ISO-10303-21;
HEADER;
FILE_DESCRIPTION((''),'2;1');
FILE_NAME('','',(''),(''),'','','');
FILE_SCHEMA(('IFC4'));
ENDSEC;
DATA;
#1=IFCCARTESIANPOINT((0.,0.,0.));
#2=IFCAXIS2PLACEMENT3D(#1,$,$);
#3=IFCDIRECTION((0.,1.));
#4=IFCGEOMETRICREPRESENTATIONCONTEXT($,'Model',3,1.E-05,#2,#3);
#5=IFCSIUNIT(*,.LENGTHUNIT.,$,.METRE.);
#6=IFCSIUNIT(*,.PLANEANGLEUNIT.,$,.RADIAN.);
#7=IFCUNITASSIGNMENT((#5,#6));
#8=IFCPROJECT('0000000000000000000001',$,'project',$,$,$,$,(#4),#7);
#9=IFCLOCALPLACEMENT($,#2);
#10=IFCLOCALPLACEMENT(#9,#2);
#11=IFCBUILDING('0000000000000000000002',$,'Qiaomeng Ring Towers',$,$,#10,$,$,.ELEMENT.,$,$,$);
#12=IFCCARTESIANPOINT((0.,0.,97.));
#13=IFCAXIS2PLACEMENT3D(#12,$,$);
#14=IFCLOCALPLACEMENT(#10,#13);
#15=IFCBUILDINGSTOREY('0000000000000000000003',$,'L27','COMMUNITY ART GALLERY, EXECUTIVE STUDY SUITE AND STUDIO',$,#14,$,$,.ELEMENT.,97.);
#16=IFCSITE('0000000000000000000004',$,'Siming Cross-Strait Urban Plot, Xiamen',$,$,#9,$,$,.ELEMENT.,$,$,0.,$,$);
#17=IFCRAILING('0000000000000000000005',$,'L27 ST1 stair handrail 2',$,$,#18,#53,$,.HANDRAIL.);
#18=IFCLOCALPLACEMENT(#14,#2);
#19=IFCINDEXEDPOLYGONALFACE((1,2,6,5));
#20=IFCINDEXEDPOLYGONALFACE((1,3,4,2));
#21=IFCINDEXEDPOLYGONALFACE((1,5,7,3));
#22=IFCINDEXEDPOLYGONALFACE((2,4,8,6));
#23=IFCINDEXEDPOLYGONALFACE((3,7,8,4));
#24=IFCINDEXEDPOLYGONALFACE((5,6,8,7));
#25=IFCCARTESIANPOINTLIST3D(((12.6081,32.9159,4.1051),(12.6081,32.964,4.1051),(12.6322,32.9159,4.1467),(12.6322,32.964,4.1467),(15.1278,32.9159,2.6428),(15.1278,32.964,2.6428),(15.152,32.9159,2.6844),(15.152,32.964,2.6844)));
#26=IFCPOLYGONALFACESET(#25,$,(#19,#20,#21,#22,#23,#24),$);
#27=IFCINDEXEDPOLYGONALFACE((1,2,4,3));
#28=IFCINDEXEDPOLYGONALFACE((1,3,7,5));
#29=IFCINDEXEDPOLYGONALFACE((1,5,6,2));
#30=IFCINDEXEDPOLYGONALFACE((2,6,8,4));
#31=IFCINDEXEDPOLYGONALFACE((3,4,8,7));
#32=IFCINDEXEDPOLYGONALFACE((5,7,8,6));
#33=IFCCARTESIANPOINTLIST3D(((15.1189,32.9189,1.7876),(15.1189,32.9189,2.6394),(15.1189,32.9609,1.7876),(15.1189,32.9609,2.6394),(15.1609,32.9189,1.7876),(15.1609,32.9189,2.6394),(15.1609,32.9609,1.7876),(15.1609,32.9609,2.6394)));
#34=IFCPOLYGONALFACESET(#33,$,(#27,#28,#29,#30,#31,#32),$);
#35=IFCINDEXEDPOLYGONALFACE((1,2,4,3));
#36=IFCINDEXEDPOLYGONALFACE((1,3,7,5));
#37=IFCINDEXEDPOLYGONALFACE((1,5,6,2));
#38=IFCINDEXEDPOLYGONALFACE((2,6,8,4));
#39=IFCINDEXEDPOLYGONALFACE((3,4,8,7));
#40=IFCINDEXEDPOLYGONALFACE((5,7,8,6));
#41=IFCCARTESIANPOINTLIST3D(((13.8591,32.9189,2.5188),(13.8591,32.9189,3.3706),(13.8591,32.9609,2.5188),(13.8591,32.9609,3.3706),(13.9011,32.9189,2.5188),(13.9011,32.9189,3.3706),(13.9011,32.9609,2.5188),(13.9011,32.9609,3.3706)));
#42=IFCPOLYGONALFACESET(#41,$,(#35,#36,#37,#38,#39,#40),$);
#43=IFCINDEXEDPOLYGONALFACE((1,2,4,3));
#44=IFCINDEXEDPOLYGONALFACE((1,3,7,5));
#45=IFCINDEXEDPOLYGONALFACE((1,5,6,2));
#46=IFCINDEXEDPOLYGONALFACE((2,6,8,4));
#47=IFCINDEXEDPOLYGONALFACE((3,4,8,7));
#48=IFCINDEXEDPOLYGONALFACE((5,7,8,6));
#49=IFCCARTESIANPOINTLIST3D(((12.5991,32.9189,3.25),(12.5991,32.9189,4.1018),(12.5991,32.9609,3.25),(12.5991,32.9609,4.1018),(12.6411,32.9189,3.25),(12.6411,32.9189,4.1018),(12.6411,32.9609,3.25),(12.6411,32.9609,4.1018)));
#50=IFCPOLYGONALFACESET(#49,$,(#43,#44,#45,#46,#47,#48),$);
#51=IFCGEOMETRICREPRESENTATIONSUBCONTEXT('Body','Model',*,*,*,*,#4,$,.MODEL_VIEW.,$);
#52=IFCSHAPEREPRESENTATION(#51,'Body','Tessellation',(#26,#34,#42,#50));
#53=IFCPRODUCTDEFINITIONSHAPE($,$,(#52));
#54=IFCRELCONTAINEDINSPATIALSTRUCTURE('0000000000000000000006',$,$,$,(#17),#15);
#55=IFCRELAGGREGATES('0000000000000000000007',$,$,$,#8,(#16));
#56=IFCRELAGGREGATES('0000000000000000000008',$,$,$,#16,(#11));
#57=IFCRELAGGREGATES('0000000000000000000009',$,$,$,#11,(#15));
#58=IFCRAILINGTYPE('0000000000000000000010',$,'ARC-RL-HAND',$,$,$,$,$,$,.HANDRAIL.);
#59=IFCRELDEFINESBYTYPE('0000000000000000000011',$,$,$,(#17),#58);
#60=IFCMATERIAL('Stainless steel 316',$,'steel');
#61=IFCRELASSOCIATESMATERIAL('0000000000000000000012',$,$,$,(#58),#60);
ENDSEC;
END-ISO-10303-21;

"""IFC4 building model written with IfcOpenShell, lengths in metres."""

from ifc_helpers import new_model, si_unit, direction, frame, origin, origin_2d, place, context, subcontext, project, spatial, rectangle, extrude, material, type_object, element, save


model = new_model("IFC4")

# Units and contexts
model_context = context("Model", 3, precision=1e-05, world=origin(), true_north=direction((0.0, 1.0)))
body_context = subcontext(model_context, "Body", "Model", "MODEL_VIEW")
ifc_project = project(units=[si_unit("LENGTHUNIT", "METRE"), si_unit("PLANEANGLEUNIT", "RADIAN")], contexts=[model_context])

# Site, building, storey
site_placement = place(None, origin())
site = spatial("IfcSite", under=ifc_project, at=site_placement, Name="Siming Cross-Strait Urban Plot, Xiamen", CompositionType="ELEMENT", RefElevation=0.0)
building_placement = place(site_placement, origin())
building = spatial("IfcBuilding", under=site, at=building_placement, Name="Qiaomeng Ring Towers", CompositionType="ELEMENT")
storey_placement = place(building_placement, frame((0.0, 0.0, 97.0)))
storey = spatial("IfcBuildingStorey", under=building, at=storey_placement, Name="L27", Description="COMMUNITY ART GALLERY, EXECUTIVE STUDY SUITE AND STUDIO", CompositionType="ELEMENT", Elevation=97.0)

# Shared definitions
ifc_material_1 = material(Name="Stainless steel 316", Category="steel")

# Railing
railing_type_1 = type_object("IfcRailingType", Name="ARC-RL-HAND", PredefinedType="HANDRAIL", material=ifc_material_1)
railing_1_placement = place(storey_placement, frame((15.1399, 32.9399, 1.7876)))
element("IfcRailing", 1, at=railing_1_placement, inside=storey, type_object=railing_type_1, Name="L27 ST1 stair handrail 2", PredefinedType="HANDRAIL", context=body_context, shape_type="SweptSolid", body=[
    extrude(rectangle(XDim=0.0481, YDim=0.0481, at=origin_2d()), frame((0.0, 0.0, 0.876), z_axis=(-0.864892, 0.0, 0.501958), x_axis=(0.0, -1.0, 0.0)), (0.0, 0.0, 1.0), 2.9133),
    extrude(rectangle(XDim=0.042, YDim=0.042, at=origin_2d()), origin(), (0.0, 0.0, 1.0), 0.8518),
    extrude(rectangle(XDim=0.042, YDim=0.042, at=origin_2d()), frame((-1.2598, 0.0, 0.7312)), (0.0, 0.0, 1.0), 0.8518),
    extrude(rectangle(XDim=0.042, YDim=0.042, at=origin_2d()), frame((-2.5198, 0.0, 1.4624)), (0.0, 0.0, 1.0), 0.8518),
])

save(model, "model.ifc")
